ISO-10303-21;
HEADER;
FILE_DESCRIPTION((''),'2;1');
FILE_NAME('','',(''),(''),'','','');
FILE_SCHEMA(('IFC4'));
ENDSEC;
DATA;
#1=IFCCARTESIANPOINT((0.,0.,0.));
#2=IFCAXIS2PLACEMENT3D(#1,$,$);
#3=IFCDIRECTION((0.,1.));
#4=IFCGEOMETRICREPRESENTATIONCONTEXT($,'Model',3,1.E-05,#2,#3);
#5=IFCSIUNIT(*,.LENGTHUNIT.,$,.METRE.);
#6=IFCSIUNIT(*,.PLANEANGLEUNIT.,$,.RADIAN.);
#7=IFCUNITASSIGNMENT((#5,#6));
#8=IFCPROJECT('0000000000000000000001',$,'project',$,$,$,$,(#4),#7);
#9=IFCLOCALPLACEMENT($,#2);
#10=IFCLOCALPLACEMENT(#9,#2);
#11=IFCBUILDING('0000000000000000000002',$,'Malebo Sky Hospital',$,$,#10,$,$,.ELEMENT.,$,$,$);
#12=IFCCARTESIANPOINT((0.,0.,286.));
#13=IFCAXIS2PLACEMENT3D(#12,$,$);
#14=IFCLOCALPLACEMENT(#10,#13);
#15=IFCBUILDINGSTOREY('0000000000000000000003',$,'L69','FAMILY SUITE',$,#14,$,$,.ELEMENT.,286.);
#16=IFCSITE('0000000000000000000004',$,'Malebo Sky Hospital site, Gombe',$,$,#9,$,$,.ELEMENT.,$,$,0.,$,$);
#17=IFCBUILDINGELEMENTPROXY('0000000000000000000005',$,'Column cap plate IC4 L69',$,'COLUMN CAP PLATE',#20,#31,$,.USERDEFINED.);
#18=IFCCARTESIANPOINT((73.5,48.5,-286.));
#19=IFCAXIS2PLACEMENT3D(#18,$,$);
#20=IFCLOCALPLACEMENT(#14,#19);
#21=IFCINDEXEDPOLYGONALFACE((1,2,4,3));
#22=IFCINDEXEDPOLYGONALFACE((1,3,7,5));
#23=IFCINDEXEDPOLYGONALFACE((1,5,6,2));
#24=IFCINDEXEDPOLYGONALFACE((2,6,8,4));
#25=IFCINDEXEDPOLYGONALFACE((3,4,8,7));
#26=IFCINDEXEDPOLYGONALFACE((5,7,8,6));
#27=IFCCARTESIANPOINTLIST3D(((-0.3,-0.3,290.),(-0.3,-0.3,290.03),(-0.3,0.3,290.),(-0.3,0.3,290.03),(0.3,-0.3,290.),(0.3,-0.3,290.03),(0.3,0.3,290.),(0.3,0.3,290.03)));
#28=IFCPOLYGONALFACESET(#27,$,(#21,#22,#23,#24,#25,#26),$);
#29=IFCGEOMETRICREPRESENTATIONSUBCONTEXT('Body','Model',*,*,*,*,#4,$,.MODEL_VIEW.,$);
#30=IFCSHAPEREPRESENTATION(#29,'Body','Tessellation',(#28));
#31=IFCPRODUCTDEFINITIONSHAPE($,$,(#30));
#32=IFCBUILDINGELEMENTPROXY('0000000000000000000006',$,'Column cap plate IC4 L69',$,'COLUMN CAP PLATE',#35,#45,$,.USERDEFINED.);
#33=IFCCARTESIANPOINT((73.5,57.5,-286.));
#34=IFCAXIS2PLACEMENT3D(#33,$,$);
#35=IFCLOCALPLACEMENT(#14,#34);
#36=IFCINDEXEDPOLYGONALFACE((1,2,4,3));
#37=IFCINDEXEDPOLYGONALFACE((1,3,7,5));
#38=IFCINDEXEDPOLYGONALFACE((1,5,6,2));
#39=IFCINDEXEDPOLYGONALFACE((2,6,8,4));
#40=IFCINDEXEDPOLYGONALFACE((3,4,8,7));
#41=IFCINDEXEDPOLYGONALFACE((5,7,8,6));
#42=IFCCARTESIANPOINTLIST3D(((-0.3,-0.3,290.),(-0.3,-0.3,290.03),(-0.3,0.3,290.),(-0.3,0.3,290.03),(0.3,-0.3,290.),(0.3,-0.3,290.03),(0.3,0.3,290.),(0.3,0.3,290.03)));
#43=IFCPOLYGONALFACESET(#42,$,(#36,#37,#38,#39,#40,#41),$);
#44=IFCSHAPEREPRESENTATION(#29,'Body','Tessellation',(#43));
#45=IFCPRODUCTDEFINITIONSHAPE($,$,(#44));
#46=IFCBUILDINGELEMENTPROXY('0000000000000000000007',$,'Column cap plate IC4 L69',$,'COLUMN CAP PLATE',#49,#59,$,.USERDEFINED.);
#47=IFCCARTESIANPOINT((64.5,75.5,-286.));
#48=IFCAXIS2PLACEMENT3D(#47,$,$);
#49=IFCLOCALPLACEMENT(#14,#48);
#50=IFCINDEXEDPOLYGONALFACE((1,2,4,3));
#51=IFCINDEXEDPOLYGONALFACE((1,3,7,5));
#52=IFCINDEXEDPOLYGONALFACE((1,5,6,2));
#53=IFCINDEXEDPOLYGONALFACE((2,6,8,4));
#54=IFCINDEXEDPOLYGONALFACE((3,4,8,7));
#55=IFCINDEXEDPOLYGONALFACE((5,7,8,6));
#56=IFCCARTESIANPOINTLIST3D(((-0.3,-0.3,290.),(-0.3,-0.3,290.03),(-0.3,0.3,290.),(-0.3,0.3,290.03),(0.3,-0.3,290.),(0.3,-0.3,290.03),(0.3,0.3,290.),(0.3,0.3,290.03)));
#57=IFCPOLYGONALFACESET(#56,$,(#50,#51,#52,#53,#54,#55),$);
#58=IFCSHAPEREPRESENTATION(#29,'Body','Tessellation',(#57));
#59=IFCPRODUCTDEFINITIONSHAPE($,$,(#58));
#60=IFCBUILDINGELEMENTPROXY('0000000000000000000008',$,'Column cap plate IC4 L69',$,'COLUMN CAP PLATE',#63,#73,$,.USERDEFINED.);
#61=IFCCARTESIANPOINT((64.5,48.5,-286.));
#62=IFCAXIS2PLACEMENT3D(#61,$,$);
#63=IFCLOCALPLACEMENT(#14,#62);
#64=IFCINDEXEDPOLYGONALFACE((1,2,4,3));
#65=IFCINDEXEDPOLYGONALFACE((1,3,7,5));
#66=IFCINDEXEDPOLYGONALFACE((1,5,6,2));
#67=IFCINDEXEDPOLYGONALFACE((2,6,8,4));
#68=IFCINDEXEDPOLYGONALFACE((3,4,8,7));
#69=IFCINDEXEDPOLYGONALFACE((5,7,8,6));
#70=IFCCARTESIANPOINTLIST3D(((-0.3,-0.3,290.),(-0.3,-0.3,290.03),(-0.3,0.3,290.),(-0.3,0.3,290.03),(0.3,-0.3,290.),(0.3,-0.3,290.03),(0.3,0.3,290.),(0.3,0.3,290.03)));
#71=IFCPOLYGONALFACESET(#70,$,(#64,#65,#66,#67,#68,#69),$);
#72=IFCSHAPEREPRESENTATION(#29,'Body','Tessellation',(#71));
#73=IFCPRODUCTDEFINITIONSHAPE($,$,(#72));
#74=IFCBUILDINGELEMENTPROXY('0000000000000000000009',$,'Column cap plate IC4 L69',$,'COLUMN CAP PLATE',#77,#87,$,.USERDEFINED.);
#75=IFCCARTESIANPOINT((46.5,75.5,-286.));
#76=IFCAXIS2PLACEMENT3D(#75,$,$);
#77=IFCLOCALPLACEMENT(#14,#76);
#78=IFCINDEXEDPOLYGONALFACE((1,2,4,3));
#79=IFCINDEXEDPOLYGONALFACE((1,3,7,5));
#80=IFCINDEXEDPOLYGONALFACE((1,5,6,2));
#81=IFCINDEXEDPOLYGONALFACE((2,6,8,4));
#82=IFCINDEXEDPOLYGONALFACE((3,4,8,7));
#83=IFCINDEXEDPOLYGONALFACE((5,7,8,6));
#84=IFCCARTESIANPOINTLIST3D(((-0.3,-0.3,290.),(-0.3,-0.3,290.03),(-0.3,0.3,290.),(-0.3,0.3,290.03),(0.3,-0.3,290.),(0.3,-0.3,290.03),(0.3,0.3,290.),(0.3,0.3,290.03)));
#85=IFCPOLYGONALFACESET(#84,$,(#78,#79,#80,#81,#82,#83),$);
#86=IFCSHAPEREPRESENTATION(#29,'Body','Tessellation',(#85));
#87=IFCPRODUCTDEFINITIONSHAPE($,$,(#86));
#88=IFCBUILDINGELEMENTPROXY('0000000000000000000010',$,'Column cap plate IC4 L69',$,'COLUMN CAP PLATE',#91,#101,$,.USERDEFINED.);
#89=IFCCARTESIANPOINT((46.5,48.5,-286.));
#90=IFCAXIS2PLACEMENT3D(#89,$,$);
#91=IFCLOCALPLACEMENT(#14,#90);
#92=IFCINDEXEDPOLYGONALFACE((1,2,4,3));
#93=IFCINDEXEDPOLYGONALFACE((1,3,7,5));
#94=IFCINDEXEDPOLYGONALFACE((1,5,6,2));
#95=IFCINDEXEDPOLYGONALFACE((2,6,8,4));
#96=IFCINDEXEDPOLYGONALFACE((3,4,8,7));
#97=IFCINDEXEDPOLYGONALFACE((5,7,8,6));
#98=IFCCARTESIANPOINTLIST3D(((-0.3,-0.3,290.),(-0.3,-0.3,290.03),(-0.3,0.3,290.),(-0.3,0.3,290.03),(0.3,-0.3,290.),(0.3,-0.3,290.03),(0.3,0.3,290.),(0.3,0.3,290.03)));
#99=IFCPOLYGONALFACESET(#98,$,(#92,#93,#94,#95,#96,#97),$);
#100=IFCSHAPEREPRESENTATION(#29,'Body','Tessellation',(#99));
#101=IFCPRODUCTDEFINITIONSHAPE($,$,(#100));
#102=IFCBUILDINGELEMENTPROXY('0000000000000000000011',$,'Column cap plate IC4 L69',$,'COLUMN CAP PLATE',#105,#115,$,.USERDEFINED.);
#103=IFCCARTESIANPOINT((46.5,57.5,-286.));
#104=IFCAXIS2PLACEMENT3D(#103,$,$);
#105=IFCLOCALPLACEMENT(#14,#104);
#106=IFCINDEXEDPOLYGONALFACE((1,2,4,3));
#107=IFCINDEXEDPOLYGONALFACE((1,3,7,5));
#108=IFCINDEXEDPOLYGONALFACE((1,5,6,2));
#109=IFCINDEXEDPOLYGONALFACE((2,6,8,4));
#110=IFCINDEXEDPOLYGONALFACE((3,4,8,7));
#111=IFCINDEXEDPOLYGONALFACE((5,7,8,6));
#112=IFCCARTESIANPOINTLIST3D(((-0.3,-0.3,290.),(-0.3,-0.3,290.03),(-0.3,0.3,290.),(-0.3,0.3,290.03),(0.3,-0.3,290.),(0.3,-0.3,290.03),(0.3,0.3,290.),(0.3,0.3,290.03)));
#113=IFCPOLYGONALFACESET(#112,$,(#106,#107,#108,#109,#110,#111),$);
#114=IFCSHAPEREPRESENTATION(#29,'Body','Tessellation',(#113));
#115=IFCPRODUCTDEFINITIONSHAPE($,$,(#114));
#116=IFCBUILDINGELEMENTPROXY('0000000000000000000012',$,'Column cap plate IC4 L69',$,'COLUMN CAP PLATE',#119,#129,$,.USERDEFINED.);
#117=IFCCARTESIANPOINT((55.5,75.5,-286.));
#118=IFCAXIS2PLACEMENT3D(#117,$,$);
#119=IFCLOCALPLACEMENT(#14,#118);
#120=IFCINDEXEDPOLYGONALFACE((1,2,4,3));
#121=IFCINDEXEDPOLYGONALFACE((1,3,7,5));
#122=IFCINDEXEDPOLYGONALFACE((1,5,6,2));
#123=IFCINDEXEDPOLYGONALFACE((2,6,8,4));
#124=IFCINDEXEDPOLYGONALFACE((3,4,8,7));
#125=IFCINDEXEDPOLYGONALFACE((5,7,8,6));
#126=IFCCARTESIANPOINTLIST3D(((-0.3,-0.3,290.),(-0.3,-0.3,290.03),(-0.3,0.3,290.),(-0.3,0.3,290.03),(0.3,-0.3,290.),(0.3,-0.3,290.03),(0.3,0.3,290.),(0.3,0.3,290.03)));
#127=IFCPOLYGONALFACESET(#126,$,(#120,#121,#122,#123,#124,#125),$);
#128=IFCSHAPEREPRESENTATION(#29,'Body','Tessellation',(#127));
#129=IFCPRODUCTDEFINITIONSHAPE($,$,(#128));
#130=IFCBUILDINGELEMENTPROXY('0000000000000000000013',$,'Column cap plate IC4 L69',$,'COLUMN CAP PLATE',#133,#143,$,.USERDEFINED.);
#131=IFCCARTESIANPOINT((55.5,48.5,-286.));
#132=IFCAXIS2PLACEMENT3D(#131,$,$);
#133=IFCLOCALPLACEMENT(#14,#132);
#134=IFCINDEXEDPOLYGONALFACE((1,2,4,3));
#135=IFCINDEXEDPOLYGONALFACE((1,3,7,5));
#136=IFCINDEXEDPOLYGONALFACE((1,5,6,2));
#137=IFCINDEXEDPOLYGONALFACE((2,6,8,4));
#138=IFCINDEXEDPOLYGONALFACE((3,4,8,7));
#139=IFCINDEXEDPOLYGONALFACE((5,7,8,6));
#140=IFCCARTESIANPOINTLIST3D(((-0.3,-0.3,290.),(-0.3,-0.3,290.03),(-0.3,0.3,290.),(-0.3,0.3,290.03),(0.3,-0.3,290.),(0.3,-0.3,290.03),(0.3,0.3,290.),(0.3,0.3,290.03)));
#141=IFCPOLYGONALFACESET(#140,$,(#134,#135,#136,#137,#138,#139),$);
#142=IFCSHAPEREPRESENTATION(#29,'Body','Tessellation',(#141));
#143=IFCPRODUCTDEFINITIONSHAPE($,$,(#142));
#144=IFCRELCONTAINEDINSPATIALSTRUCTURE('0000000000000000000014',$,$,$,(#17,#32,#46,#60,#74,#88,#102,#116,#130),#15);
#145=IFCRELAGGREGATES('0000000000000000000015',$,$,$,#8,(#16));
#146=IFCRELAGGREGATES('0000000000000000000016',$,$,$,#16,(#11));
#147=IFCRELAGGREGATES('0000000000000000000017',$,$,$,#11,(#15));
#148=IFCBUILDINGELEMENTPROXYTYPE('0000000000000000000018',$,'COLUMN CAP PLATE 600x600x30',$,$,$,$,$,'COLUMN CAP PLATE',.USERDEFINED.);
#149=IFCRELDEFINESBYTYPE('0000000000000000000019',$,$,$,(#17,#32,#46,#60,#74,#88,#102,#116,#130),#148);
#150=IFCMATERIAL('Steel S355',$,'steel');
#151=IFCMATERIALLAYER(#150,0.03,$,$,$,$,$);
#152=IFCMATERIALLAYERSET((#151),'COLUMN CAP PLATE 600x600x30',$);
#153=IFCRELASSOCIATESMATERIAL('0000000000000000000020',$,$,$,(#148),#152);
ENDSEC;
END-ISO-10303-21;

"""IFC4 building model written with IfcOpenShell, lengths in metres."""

from ifc_helpers import new_model, si_unit, direction, frame, origin, origin_2d, place, context, subcontext, project, spatial, rectangle, extrude, material, layer, layer_set, type_object, element, save


model = new_model("IFC4")

# Units and contexts
model_context = context("Model", 3, precision=1e-05, world=origin(), true_north=direction((0.0, 1.0)))
body_context = subcontext(model_context, "Body", "Model", "MODEL_VIEW")
ifc_project = project(units=[si_unit("LENGTHUNIT", "METRE"), si_unit("PLANEANGLEUNIT", "RADIAN")], contexts=[model_context])

# Site, building, storey
site_placement = place(None, origin())
site = spatial("IfcSite", under=ifc_project, at=site_placement, Name="Malebo Sky Hospital site, Gombe", CompositionType="ELEMENT", RefElevation=0.0)
building_placement = place(site_placement, origin())
building = spatial("IfcBuilding", under=site, at=building_placement, Name="Malebo Sky Hospital", CompositionType="ELEMENT")
storey_placement = place(building_placement, frame((0.0, 0.0, 286.0)))
storey = spatial("IfcBuildingStorey", under=building, at=storey_placement, Name="L69", Description="FAMILY SUITE", CompositionType="ELEMENT", Elevation=286.0)

# Shared definitions
ifc_material = material(Name="Steel S355", Category="steel")

# Building element proxies
ifc_layer_1 = layer(ifc_material, 0.03)
ifc_layer_set_1 = layer_set([ifc_layer_1], Name="COLUMN CAP PLATE 600x600x30")
building_element_proxy_type_1 = type_object("IfcBuildingElementProxyType", Name="COLUMN CAP PLATE 600x600x30", ElementType="COLUMN CAP PLATE", PredefinedType="USERDEFINED", material=ifc_layer_set_1)
for number, where, name in (
    (1, (73.5, 48.5, -286.0), "Column cap plate IC4 L69"),
    (2, (73.5, 57.5, -286.0), "Column cap plate IC4 L69"),
    (3, (64.5, 75.5, -286.0), "Column cap plate IC4 L69"),
    (4, (64.5, 48.5, -286.0), "Column cap plate IC4 L69"),
    (5, (46.5, 75.5, -286.0), "Column cap plate IC4 L69"),
    (6, (46.5, 48.5, -286.0), "Column cap plate IC4 L69"),
    (7, (46.5, 57.5, -286.0), "Column cap plate IC4 L69"),
    (8, (55.5, 75.5, -286.0), "Column cap plate IC4 L69"),
    (9, (55.5, 48.5, -286.0), "Column cap plate IC4 L69"),
):
    element("IfcBuildingElementProxy", number, at=place(storey_placement, frame(where)), inside=storey, type_object=building_element_proxy_type_1, Name=name, ObjectType="COLUMN CAP PLATE", PredefinedType="USERDEFINED", context=body_context, shape_type="SweptSolid", body=[
        extrude(rectangle(XDim=0.6001, YDim=0.6001, at=origin_2d()), frame((0.0, 0.0, 290.0)), (0.0, 0.0, 1.0), 0.03),
    ])

save(model, "model.ifc")
